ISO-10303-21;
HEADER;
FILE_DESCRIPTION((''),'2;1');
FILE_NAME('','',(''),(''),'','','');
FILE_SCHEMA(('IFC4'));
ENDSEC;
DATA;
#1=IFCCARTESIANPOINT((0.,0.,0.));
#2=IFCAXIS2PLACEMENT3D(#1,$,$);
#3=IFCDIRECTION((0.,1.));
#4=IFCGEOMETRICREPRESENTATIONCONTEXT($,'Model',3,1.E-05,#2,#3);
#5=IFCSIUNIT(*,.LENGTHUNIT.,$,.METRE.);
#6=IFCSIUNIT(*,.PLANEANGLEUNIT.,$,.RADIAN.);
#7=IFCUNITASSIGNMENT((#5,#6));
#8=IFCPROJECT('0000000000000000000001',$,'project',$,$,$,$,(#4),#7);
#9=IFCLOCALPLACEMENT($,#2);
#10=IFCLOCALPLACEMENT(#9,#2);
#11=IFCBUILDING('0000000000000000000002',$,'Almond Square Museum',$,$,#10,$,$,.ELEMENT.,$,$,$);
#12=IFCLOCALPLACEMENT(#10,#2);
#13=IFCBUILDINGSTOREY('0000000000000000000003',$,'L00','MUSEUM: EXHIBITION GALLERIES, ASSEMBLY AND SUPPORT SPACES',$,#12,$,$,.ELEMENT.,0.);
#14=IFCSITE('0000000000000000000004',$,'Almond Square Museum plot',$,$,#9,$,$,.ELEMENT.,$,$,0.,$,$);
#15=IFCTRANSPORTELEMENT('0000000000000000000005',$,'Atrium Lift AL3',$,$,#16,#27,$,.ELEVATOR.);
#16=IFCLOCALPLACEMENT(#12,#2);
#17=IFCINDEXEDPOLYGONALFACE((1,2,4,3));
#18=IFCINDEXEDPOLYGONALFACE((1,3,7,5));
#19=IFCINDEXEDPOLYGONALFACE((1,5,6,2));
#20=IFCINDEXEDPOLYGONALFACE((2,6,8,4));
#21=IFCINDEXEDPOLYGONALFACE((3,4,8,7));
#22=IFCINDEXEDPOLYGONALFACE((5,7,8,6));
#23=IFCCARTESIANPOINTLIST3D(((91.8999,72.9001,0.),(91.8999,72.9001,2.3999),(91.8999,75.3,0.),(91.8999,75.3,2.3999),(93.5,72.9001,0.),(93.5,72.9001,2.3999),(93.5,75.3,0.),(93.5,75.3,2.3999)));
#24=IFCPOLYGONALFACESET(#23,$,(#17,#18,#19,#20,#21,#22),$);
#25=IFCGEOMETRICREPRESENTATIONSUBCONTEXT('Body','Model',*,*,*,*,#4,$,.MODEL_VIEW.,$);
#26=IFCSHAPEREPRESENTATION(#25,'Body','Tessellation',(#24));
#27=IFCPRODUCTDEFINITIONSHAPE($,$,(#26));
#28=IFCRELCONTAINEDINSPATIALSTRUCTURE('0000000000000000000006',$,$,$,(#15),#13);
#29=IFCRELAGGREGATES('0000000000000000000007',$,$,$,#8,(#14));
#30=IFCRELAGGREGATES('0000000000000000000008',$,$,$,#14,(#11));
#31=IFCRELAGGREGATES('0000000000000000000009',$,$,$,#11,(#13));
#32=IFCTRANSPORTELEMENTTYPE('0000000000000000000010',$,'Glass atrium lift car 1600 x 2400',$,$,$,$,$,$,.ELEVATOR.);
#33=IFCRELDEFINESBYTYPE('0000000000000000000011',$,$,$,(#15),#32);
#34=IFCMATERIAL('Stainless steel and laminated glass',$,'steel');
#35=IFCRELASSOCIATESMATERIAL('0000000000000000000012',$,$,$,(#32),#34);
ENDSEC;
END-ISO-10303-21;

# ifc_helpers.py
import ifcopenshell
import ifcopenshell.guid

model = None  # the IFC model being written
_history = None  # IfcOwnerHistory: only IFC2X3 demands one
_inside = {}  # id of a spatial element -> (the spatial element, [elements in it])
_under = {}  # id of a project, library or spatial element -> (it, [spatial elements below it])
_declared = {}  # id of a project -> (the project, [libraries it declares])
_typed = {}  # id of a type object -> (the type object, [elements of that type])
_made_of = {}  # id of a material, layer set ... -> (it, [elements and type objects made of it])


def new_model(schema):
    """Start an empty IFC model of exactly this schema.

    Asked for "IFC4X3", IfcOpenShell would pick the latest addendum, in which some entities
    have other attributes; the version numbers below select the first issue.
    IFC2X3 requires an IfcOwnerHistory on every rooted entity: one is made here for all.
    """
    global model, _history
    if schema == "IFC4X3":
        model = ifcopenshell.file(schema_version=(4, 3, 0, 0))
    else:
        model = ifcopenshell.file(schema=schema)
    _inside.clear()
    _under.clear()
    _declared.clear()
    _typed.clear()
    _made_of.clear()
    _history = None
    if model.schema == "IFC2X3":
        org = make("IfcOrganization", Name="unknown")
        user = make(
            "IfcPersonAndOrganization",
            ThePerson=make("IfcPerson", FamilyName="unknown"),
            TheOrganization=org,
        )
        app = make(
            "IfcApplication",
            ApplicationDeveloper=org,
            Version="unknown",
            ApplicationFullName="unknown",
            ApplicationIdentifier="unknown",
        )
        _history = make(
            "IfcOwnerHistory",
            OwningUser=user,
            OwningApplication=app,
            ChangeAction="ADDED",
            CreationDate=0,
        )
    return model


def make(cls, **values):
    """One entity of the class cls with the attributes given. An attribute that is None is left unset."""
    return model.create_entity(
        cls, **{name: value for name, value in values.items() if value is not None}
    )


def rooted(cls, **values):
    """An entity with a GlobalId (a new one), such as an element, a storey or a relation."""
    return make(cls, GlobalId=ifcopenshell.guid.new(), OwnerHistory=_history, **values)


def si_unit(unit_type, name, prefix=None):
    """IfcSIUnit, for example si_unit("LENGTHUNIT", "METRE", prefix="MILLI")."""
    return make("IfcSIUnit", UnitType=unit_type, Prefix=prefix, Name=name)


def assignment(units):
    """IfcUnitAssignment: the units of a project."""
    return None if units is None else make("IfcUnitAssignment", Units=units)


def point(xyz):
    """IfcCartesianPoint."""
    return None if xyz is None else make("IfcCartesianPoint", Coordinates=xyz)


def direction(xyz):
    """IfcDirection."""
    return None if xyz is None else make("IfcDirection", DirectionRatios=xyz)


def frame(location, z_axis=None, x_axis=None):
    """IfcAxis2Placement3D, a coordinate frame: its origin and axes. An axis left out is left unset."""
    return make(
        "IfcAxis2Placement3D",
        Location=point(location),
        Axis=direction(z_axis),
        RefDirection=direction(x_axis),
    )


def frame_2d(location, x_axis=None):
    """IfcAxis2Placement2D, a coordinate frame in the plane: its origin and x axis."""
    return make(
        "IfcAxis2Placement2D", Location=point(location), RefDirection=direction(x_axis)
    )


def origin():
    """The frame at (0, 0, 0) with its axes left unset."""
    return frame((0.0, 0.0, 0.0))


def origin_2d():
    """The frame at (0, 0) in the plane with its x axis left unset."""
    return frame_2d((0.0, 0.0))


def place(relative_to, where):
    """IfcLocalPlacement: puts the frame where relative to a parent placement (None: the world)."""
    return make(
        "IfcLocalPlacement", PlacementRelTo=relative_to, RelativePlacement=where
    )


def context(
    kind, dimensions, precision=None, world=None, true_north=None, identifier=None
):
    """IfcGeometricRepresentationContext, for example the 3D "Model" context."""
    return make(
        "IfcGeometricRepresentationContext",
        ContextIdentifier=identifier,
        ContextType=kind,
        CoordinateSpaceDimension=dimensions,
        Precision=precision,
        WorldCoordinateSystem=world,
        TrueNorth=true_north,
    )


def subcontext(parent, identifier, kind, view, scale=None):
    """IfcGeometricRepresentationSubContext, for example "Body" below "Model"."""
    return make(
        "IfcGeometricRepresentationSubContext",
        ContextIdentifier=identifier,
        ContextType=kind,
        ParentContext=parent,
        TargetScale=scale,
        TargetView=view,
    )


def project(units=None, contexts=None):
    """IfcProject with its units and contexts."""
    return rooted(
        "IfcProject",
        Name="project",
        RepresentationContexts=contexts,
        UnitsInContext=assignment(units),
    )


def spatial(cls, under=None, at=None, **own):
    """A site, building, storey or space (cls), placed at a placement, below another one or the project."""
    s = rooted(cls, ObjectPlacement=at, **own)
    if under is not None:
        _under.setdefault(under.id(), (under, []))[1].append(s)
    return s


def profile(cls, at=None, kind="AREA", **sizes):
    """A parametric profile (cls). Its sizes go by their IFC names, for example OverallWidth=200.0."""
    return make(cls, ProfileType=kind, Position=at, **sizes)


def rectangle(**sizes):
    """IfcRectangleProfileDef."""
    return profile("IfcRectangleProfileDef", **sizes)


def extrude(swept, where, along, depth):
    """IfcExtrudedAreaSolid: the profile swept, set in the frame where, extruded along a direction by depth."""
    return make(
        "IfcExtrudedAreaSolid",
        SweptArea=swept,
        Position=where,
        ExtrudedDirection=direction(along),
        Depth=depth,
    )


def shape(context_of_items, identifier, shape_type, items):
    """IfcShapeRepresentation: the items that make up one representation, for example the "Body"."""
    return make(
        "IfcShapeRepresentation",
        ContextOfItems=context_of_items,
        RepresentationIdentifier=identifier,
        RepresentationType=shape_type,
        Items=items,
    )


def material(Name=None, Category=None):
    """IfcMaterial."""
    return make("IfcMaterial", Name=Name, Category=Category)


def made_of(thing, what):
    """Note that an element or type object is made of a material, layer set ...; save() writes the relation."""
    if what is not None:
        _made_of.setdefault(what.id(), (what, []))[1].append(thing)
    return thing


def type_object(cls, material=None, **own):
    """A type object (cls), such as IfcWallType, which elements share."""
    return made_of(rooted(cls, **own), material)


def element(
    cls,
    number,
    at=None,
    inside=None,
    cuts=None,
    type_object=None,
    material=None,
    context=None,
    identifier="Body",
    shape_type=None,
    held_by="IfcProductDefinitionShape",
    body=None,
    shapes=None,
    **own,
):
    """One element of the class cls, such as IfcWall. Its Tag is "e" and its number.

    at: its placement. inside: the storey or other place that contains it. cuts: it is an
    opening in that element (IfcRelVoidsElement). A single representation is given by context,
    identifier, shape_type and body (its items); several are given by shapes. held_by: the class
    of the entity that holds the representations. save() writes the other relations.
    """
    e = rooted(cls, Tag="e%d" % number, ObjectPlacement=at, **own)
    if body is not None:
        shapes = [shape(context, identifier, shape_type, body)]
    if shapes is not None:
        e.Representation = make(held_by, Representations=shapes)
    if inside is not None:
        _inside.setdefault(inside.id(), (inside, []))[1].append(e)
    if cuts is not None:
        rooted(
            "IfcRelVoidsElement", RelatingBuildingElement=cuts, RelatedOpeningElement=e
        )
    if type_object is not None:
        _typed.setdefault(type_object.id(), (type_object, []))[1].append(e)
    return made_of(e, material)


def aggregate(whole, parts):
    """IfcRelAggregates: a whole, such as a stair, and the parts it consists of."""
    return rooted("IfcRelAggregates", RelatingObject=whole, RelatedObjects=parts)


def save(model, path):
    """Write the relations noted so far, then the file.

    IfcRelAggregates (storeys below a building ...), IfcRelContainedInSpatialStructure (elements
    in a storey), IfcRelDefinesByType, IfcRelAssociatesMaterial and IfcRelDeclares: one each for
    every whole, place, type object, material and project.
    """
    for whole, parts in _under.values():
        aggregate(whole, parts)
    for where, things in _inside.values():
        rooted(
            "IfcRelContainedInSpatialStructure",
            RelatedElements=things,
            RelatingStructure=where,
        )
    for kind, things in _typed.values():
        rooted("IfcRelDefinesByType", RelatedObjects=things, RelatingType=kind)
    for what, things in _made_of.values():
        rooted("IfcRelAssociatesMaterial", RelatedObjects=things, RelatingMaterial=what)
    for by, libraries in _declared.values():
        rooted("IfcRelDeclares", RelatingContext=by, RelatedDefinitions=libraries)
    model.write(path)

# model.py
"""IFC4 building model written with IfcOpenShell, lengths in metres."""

from ifc_helpers import new_model, si_unit, direction, frame, origin, origin_2d, place, context, subcontext, project, spatial, rectangle, extrude, material, type_object, element, save


model = new_model("IFC4")

# Units and contexts
model_context = context("Model", 3, precision=1e-05, world=origin(), true_north=direction((0.0, 1.0)))
body_context = subcontext(model_context, "Body", "Model", "MODEL_VIEW")
ifc_project = project(units=[si_unit("LENGTHUNIT", "METRE"), si_unit("PLANEANGLEUNIT", "RADIAN")], contexts=[model_context])

# Site, building, storey
site_placement = place(None, origin())
site = spatial("IfcSite", under=ifc_project, at=site_placement, Name="Almond Square Museum plot", CompositionType="ELEMENT", RefElevation=0.0)
building_placement = place(site_placement, origin())
building = spatial("IfcBuilding", under=site, at=building_placement, Name="Almond Square Museum", CompositionType="ELEMENT")
storey_placement = place(building_placement, origin())
storey = spatial("IfcBuildingStorey", under=building, at=storey_placement, Name="L00", Description="MUSEUM: EXHIBITION GALLERIES, ASSEMBLY AND SUPPORT SPACES", CompositionType="ELEMENT", Elevation=0.0)

# Transport element
ifc_material_1 = material(Name="Stainless steel and laminated glass", Category="steel")
transport_element_type = type_object("IfcTransportElementType", Name="Glass atrium lift car 1600 x 2400", PredefinedType="ELEVATOR", material=ifc_material_1)
for number, where, z_axis, x_axis, name in (
    (1, (92.7, 74.1001, 0.0), (0.0, 0.0, 1.0), (1.0, 0.0, 0.0), "Atrium Lift AL3"),
):
    element("IfcTransportElement", number, at=place(storey_placement, frame(where, z_axis=z_axis, x_axis=x_axis)), inside=storey, type_object=transport_element_type, Name=name, PredefinedType="ELEVATOR", context=body_context, shape_type="SweptSolid", body=[
        extrude(rectangle(XDim=1.6001, YDim=2.3999, at=origin_2d()), origin(), (0.0, 0.0, 1.0), 2.3999),
    ])

save(model, "model.ifc")
